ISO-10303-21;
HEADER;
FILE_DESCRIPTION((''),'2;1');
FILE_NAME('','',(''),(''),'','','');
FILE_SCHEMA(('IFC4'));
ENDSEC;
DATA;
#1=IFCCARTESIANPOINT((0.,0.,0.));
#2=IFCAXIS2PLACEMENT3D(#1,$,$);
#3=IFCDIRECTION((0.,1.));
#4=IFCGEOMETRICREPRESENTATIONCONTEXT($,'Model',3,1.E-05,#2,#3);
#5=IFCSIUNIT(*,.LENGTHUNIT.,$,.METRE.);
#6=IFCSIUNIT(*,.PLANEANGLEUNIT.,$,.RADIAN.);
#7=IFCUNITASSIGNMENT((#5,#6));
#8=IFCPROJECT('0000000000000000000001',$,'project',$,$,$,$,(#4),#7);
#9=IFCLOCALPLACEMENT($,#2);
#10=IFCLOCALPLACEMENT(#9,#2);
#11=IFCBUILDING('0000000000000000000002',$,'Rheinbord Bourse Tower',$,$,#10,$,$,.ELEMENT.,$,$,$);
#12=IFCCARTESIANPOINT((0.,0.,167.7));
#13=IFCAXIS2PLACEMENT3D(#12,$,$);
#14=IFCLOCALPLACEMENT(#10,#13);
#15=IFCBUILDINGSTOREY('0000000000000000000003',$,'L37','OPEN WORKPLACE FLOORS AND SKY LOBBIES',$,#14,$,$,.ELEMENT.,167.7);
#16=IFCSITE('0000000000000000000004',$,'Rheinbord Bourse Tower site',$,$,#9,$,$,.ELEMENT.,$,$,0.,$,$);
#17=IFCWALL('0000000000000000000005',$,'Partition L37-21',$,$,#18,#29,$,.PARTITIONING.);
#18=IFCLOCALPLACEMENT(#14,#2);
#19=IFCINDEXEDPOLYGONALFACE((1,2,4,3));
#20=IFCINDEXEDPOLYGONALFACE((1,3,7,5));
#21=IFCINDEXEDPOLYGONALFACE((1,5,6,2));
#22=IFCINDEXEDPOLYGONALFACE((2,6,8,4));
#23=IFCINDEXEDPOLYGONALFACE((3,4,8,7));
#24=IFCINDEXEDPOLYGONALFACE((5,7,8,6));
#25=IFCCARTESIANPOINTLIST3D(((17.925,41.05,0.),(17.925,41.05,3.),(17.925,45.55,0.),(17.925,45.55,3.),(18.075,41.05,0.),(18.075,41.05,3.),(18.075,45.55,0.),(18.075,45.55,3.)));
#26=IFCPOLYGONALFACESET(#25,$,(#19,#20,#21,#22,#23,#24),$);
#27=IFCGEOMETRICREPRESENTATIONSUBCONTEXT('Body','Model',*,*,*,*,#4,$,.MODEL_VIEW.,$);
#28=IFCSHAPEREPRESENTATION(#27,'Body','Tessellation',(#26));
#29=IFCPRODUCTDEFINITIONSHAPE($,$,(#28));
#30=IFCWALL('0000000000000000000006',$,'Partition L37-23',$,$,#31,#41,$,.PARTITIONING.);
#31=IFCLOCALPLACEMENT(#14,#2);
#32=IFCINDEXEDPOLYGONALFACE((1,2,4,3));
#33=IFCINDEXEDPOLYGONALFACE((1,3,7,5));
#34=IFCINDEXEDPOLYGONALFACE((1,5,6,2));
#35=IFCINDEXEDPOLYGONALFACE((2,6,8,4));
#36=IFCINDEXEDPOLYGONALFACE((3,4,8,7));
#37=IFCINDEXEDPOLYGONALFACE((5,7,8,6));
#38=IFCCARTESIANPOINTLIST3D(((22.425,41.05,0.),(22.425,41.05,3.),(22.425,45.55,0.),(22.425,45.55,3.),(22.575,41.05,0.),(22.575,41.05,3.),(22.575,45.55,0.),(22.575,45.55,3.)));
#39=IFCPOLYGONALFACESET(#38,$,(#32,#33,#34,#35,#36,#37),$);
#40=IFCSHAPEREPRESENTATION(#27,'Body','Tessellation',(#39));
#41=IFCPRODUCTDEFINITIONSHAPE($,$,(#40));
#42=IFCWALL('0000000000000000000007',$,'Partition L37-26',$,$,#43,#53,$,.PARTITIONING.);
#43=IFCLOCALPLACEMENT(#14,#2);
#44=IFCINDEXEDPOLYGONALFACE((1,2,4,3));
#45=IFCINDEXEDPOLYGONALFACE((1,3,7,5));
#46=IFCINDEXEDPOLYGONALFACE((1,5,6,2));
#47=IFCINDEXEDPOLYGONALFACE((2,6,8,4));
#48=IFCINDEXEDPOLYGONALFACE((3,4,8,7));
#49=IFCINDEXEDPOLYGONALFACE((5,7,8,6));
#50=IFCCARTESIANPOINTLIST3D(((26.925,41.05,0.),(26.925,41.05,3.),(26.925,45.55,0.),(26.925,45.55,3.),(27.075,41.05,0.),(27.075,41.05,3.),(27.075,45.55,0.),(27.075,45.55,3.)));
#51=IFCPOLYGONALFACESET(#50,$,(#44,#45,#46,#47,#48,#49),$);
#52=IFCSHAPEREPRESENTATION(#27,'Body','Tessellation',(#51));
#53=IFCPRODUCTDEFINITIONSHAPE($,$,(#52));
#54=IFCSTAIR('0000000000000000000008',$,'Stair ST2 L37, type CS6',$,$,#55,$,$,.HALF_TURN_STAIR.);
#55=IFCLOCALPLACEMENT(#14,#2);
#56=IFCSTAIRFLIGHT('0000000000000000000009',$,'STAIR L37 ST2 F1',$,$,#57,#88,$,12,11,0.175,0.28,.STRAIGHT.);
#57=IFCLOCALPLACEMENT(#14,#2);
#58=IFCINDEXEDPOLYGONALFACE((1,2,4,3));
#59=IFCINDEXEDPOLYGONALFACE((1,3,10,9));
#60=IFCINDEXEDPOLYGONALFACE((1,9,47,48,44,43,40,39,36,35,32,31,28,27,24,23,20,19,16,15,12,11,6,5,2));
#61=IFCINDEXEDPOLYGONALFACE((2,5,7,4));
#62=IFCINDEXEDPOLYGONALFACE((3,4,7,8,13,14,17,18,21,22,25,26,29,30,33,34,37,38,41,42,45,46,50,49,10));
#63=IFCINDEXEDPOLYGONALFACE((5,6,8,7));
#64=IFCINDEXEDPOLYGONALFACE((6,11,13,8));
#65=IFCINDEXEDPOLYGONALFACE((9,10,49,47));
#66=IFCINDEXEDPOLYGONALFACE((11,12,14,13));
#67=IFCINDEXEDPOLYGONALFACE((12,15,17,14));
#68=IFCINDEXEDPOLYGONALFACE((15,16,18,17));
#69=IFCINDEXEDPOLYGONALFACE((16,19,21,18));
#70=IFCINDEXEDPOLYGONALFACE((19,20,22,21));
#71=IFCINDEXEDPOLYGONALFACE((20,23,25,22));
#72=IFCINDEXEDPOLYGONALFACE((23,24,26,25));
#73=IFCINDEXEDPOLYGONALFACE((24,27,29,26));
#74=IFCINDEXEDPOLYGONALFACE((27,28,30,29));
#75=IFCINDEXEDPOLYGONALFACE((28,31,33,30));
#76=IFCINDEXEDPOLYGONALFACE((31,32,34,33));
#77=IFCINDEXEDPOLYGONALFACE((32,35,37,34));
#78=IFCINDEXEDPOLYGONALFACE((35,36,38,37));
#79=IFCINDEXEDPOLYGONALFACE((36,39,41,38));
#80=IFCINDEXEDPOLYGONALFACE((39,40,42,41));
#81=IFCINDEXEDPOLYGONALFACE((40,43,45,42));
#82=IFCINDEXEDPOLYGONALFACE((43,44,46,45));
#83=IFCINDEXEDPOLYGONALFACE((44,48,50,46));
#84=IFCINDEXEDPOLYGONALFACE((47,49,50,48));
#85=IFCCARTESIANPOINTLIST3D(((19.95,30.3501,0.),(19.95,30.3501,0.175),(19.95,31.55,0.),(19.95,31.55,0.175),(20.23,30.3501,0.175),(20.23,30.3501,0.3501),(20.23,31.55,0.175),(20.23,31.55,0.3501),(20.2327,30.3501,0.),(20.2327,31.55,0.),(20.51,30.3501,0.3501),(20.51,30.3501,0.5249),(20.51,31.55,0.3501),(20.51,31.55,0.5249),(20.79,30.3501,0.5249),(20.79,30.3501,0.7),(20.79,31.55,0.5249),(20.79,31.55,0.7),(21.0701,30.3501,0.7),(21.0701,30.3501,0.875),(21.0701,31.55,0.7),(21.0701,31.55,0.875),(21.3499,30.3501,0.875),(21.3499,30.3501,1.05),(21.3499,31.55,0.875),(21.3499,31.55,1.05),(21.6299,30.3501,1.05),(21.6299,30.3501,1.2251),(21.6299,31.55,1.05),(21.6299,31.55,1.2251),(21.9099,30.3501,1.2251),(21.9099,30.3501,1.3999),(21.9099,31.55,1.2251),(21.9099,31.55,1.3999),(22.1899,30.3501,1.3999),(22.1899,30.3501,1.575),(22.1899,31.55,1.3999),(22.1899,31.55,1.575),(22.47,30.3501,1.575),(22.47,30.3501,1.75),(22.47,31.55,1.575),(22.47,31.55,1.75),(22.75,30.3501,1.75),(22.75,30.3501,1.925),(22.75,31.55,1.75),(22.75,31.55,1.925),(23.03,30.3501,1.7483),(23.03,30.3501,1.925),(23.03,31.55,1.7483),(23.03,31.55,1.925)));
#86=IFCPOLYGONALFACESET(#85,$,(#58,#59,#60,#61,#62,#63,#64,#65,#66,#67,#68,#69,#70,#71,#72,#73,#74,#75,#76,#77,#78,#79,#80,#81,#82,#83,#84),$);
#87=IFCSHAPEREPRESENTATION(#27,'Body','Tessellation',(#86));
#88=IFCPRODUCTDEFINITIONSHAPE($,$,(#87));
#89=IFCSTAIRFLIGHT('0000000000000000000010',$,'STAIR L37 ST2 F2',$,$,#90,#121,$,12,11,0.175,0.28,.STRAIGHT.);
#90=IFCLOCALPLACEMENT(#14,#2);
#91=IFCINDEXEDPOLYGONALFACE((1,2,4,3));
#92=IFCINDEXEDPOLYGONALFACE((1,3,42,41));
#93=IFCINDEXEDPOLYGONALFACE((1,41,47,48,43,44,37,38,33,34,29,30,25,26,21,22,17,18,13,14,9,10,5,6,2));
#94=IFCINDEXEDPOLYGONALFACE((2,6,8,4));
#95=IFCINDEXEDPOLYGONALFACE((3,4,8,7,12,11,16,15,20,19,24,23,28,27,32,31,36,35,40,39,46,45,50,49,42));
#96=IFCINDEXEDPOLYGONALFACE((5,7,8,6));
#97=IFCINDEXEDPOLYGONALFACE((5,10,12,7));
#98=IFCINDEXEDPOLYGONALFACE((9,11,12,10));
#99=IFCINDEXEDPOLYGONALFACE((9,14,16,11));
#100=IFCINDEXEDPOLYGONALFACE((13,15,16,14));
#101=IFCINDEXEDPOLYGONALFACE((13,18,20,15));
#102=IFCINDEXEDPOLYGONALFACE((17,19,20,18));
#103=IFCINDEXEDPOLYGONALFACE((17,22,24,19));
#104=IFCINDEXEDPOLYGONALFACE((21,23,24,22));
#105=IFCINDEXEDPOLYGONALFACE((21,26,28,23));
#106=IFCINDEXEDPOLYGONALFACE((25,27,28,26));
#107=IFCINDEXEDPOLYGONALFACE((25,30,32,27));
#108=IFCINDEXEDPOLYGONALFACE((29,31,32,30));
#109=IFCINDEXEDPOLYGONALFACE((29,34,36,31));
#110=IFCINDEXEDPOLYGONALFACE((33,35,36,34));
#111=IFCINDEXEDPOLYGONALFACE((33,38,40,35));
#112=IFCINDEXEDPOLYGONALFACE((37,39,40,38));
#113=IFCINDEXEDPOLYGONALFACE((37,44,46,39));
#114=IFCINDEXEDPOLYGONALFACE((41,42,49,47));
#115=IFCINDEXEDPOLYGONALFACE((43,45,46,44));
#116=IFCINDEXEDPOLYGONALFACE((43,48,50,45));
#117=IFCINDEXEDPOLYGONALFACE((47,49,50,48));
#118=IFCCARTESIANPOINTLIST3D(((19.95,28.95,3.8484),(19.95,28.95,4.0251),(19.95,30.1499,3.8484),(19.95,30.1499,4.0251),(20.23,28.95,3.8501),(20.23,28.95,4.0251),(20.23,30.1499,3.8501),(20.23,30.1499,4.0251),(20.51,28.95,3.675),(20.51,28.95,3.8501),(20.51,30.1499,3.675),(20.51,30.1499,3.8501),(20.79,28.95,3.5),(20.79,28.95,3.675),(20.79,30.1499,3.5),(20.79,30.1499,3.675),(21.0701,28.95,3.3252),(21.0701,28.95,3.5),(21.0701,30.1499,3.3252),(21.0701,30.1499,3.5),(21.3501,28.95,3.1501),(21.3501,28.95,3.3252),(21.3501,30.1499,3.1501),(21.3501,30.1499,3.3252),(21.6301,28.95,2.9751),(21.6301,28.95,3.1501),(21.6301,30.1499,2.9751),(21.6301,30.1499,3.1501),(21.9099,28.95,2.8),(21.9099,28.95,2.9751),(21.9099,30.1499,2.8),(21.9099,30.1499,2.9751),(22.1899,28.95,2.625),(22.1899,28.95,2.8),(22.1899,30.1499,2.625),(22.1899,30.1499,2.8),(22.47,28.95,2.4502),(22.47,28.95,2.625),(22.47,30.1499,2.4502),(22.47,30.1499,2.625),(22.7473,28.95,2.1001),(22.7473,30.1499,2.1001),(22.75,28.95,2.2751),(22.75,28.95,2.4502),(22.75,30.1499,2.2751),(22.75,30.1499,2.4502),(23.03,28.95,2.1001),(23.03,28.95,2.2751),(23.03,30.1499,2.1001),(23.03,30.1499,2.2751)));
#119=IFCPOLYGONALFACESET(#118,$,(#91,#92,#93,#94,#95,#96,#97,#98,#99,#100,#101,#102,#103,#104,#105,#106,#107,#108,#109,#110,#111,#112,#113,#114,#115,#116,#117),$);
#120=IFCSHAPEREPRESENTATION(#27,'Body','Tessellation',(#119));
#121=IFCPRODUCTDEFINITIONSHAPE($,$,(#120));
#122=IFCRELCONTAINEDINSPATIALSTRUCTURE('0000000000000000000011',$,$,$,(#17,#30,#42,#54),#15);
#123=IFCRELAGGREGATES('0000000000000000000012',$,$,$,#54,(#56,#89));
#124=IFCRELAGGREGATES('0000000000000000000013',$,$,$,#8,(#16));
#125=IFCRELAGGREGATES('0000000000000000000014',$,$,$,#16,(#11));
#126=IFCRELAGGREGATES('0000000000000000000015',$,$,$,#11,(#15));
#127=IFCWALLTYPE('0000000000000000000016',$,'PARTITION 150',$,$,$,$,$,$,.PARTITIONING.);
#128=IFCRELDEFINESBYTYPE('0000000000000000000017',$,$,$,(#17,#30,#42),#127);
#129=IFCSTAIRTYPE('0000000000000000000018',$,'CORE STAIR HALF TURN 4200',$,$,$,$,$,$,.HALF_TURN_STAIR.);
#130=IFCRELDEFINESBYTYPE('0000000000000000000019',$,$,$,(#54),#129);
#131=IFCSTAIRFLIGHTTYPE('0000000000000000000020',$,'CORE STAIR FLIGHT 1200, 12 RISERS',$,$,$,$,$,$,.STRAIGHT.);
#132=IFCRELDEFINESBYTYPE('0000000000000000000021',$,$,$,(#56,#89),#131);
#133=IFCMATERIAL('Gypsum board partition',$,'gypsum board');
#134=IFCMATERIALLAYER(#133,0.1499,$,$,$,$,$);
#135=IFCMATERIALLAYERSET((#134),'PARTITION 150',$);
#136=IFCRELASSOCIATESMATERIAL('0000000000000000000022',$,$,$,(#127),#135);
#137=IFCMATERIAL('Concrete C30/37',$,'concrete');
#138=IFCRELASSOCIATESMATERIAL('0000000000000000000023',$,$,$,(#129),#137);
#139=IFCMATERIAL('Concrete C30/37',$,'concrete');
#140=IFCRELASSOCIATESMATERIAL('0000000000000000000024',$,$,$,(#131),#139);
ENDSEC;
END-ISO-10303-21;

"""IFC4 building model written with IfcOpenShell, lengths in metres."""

from ifc_helpers import new_model, si_unit, direction, frame, frame_2d, origin, place, context, subcontext, project, spatial, polyline, rectangle, outline, extrude, material, layer, layer_set, type_object, element, aggregate, save


model = new_model("IFC4")

# Units and contexts
model_context = context("Model", 3, precision=1e-05, world=origin(), true_north=direction((0.0, 1.0)))
body_context = subcontext(model_context, "Body", "Model", "MODEL_VIEW")
ifc_project = project(units=[si_unit("LENGTHUNIT", "METRE"), si_unit("PLANEANGLEUNIT", "RADIAN")], contexts=[model_context])

# Site, building, storey
site_placement = place(None, origin())
site = spatial("IfcSite", under=ifc_project, at=site_placement, Name="Rheinbord Bourse Tower site", CompositionType="ELEMENT", RefElevation=0.0)
building_placement = place(site_placement, origin())
building = spatial("IfcBuilding", under=site, at=building_placement, Name="Rheinbord Bourse Tower", CompositionType="ELEMENT")
storey_placement = place(building_placement, frame((0.0, 0.0, 167.7)))
storey = spatial("IfcBuildingStorey", under=building, at=storey_placement, Name="L37", Description="OPEN WORKPLACE FLOORS AND SKY LOBBIES", CompositionType="ELEMENT", Elevation=167.7)

# Walls
ifc_material_1 = material(Name="Gypsum board partition", Category="gypsum board")
ifc_layer_1 = layer(ifc_material_1, 0.1499)
ifc_layer_set_1 = layer_set([ifc_layer_1], Name="PARTITION 150")
wall_type_1 = type_object("IfcWallType", Name="PARTITION 150", PredefinedType="PARTITIONING", material=ifc_layer_set_1)
for number, where, z_axis, x_axis, name in (
    (1, (18.0, 41.05, 0.0), (0.0, 0.0, 1.0), (0.0, 1.0, 0.0), "Partition L37-21"),
    (2, (22.5, 41.05, 0.0), (0.0, 0.0, 1.0), (0.0, 1.0, 0.0), "Partition L37-23"),
    (3, (27.0, 41.05, 0.0), (0.0, 0.0, 1.0), (0.0, 1.0, 0.0), "Partition L37-26"),
):
    element("IfcWall", number, at=place(storey_placement, frame(where, z_axis=z_axis, x_axis=x_axis)), inside=storey, type_object=wall_type_1, Name=name, PredefinedType="PARTITIONING", context=body_context, shape_type="SweptSolid", body=[
        extrude(rectangle(XDim=4.5, YDim=0.1499, at=frame_2d((2.25, 0.0))), origin(), (0.0, 0.0, 1.0), 3.0),
    ])

# Stair, stair flights
ifc_material_2 = material(Name="Concrete C30/37", Category="concrete")
stair_type = type_object("IfcStairType", Name="CORE STAIR HALF TURN 4200", PredefinedType="HALF_TURN_STAIR", material=ifc_material_2)
stair_placement = place(storey_placement, origin())
stair = element("IfcStair", 4, at=stair_placement, inside=storey, type_object=stair_type, Name="Stair ST2 L37, type CS6", PredefinedType="HALF_TURN_STAIR")
ifc_material_3 = material(Name="Concrete C30/37", Category="concrete")
stair_flight_type = type_object("IfcStairFlightType", Name="CORE STAIR FLIGHT 1200, 12 RISERS", PredefinedType="STRAIGHT", material=ifc_material_3)
stair_flight_1_placement = place(storey_placement, frame((19.95, 30.95, 0.0), z_axis=(0.0, 0.0, 1.0), x_axis=(1.0, 0.0, 0.0)))
stair_flight_1 = element("IfcStairFlight", 5, at=stair_flight_1_placement, type_object=stair_flight_type, Name="STAIR L37 ST2 F1", NumberOfRisers=12, NumberOfTreads=11, PredefinedType="STRAIGHT", RiserHeight=0.175, TreadLength=0.28, context=body_context, shape_type="SweptSolid", body=[
    extrude(outline(polyline([(0.0, 0.0), (0.0, 0.175), (0.28, 0.175), (0.28, 0.3501), (0.5601, 0.3501), (0.5601, 0.5249), (0.8401, 0.5249), (0.8401, 0.7), (1.1201, 0.7), (1.1201, 0.875), (1.3999, 0.875), (1.3999, 1.05), (1.6799, 1.05), (1.6799, 1.2251), (1.96, 1.2251), (1.96, 1.3999), (2.24, 1.3999), (2.24, 1.575), (2.52, 1.575), (2.52, 1.75), (2.8, 1.75), (2.8, 1.925), (3.0801, 1.925), (3.0801, 2.1001), (3.0801, 1.7483), (0.2827, 0.0), (0.0, 0.0)])), frame((0.0, 0.6001, 0.0), z_axis=(0.0, -1.0, 0.0), x_axis=(1.0, 0.0, 0.0)), (0.0, 0.0, 1.0), 1.2),
])
stair_flight_2_placement = place(storey_placement, frame((23.03, 29.55, 2.1001), z_axis=(0.0, 0.0, 1.0), x_axis=(-1.0, 0.0, 0.0)))
stair_flight_2 = element("IfcStairFlight", 6, at=stair_flight_2_placement, type_object=stair_flight_type, Name="STAIR L37 ST2 F2", NumberOfRisers=12, NumberOfTreads=11, PredefinedType="STRAIGHT", RiserHeight=0.175, TreadLength=0.28, context=body_context, shape_type="SweptSolid", body=[
    extrude(outline(polyline([(0.0, 0.0), (0.0, 0.175), (0.28, 0.175), (0.28, 0.3501), (0.5601, 0.3501), (0.5601, 0.5249), (0.8401, 0.5249), (0.8401, 0.7), (1.1201, 0.7), (1.1201, 0.875), (1.3999, 0.875), (1.3999, 1.05), (1.6799, 1.05), (1.6799, 1.2251), (1.96, 1.2251), (1.96, 1.3999), (2.24, 1.3999), (2.24, 1.575), (2.52, 1.575), (2.52, 1.75), (2.8, 1.75), (2.8, 1.925), (3.0801, 1.925), (3.0801, 2.1001), (3.0801, 1.7483), (0.2827, 0.0), (0.0, 0.0)])), frame((0.0, 0.6001, 0.0), z_axis=(0.0, -1.0, 0.0), x_axis=(1.0, 0.0, 0.0)), (0.0, 0.0, 1.0), 1.2),
])
aggregate(stair, [stair_flight_1, stair_flight_2])

save(model, "model.ifc")
